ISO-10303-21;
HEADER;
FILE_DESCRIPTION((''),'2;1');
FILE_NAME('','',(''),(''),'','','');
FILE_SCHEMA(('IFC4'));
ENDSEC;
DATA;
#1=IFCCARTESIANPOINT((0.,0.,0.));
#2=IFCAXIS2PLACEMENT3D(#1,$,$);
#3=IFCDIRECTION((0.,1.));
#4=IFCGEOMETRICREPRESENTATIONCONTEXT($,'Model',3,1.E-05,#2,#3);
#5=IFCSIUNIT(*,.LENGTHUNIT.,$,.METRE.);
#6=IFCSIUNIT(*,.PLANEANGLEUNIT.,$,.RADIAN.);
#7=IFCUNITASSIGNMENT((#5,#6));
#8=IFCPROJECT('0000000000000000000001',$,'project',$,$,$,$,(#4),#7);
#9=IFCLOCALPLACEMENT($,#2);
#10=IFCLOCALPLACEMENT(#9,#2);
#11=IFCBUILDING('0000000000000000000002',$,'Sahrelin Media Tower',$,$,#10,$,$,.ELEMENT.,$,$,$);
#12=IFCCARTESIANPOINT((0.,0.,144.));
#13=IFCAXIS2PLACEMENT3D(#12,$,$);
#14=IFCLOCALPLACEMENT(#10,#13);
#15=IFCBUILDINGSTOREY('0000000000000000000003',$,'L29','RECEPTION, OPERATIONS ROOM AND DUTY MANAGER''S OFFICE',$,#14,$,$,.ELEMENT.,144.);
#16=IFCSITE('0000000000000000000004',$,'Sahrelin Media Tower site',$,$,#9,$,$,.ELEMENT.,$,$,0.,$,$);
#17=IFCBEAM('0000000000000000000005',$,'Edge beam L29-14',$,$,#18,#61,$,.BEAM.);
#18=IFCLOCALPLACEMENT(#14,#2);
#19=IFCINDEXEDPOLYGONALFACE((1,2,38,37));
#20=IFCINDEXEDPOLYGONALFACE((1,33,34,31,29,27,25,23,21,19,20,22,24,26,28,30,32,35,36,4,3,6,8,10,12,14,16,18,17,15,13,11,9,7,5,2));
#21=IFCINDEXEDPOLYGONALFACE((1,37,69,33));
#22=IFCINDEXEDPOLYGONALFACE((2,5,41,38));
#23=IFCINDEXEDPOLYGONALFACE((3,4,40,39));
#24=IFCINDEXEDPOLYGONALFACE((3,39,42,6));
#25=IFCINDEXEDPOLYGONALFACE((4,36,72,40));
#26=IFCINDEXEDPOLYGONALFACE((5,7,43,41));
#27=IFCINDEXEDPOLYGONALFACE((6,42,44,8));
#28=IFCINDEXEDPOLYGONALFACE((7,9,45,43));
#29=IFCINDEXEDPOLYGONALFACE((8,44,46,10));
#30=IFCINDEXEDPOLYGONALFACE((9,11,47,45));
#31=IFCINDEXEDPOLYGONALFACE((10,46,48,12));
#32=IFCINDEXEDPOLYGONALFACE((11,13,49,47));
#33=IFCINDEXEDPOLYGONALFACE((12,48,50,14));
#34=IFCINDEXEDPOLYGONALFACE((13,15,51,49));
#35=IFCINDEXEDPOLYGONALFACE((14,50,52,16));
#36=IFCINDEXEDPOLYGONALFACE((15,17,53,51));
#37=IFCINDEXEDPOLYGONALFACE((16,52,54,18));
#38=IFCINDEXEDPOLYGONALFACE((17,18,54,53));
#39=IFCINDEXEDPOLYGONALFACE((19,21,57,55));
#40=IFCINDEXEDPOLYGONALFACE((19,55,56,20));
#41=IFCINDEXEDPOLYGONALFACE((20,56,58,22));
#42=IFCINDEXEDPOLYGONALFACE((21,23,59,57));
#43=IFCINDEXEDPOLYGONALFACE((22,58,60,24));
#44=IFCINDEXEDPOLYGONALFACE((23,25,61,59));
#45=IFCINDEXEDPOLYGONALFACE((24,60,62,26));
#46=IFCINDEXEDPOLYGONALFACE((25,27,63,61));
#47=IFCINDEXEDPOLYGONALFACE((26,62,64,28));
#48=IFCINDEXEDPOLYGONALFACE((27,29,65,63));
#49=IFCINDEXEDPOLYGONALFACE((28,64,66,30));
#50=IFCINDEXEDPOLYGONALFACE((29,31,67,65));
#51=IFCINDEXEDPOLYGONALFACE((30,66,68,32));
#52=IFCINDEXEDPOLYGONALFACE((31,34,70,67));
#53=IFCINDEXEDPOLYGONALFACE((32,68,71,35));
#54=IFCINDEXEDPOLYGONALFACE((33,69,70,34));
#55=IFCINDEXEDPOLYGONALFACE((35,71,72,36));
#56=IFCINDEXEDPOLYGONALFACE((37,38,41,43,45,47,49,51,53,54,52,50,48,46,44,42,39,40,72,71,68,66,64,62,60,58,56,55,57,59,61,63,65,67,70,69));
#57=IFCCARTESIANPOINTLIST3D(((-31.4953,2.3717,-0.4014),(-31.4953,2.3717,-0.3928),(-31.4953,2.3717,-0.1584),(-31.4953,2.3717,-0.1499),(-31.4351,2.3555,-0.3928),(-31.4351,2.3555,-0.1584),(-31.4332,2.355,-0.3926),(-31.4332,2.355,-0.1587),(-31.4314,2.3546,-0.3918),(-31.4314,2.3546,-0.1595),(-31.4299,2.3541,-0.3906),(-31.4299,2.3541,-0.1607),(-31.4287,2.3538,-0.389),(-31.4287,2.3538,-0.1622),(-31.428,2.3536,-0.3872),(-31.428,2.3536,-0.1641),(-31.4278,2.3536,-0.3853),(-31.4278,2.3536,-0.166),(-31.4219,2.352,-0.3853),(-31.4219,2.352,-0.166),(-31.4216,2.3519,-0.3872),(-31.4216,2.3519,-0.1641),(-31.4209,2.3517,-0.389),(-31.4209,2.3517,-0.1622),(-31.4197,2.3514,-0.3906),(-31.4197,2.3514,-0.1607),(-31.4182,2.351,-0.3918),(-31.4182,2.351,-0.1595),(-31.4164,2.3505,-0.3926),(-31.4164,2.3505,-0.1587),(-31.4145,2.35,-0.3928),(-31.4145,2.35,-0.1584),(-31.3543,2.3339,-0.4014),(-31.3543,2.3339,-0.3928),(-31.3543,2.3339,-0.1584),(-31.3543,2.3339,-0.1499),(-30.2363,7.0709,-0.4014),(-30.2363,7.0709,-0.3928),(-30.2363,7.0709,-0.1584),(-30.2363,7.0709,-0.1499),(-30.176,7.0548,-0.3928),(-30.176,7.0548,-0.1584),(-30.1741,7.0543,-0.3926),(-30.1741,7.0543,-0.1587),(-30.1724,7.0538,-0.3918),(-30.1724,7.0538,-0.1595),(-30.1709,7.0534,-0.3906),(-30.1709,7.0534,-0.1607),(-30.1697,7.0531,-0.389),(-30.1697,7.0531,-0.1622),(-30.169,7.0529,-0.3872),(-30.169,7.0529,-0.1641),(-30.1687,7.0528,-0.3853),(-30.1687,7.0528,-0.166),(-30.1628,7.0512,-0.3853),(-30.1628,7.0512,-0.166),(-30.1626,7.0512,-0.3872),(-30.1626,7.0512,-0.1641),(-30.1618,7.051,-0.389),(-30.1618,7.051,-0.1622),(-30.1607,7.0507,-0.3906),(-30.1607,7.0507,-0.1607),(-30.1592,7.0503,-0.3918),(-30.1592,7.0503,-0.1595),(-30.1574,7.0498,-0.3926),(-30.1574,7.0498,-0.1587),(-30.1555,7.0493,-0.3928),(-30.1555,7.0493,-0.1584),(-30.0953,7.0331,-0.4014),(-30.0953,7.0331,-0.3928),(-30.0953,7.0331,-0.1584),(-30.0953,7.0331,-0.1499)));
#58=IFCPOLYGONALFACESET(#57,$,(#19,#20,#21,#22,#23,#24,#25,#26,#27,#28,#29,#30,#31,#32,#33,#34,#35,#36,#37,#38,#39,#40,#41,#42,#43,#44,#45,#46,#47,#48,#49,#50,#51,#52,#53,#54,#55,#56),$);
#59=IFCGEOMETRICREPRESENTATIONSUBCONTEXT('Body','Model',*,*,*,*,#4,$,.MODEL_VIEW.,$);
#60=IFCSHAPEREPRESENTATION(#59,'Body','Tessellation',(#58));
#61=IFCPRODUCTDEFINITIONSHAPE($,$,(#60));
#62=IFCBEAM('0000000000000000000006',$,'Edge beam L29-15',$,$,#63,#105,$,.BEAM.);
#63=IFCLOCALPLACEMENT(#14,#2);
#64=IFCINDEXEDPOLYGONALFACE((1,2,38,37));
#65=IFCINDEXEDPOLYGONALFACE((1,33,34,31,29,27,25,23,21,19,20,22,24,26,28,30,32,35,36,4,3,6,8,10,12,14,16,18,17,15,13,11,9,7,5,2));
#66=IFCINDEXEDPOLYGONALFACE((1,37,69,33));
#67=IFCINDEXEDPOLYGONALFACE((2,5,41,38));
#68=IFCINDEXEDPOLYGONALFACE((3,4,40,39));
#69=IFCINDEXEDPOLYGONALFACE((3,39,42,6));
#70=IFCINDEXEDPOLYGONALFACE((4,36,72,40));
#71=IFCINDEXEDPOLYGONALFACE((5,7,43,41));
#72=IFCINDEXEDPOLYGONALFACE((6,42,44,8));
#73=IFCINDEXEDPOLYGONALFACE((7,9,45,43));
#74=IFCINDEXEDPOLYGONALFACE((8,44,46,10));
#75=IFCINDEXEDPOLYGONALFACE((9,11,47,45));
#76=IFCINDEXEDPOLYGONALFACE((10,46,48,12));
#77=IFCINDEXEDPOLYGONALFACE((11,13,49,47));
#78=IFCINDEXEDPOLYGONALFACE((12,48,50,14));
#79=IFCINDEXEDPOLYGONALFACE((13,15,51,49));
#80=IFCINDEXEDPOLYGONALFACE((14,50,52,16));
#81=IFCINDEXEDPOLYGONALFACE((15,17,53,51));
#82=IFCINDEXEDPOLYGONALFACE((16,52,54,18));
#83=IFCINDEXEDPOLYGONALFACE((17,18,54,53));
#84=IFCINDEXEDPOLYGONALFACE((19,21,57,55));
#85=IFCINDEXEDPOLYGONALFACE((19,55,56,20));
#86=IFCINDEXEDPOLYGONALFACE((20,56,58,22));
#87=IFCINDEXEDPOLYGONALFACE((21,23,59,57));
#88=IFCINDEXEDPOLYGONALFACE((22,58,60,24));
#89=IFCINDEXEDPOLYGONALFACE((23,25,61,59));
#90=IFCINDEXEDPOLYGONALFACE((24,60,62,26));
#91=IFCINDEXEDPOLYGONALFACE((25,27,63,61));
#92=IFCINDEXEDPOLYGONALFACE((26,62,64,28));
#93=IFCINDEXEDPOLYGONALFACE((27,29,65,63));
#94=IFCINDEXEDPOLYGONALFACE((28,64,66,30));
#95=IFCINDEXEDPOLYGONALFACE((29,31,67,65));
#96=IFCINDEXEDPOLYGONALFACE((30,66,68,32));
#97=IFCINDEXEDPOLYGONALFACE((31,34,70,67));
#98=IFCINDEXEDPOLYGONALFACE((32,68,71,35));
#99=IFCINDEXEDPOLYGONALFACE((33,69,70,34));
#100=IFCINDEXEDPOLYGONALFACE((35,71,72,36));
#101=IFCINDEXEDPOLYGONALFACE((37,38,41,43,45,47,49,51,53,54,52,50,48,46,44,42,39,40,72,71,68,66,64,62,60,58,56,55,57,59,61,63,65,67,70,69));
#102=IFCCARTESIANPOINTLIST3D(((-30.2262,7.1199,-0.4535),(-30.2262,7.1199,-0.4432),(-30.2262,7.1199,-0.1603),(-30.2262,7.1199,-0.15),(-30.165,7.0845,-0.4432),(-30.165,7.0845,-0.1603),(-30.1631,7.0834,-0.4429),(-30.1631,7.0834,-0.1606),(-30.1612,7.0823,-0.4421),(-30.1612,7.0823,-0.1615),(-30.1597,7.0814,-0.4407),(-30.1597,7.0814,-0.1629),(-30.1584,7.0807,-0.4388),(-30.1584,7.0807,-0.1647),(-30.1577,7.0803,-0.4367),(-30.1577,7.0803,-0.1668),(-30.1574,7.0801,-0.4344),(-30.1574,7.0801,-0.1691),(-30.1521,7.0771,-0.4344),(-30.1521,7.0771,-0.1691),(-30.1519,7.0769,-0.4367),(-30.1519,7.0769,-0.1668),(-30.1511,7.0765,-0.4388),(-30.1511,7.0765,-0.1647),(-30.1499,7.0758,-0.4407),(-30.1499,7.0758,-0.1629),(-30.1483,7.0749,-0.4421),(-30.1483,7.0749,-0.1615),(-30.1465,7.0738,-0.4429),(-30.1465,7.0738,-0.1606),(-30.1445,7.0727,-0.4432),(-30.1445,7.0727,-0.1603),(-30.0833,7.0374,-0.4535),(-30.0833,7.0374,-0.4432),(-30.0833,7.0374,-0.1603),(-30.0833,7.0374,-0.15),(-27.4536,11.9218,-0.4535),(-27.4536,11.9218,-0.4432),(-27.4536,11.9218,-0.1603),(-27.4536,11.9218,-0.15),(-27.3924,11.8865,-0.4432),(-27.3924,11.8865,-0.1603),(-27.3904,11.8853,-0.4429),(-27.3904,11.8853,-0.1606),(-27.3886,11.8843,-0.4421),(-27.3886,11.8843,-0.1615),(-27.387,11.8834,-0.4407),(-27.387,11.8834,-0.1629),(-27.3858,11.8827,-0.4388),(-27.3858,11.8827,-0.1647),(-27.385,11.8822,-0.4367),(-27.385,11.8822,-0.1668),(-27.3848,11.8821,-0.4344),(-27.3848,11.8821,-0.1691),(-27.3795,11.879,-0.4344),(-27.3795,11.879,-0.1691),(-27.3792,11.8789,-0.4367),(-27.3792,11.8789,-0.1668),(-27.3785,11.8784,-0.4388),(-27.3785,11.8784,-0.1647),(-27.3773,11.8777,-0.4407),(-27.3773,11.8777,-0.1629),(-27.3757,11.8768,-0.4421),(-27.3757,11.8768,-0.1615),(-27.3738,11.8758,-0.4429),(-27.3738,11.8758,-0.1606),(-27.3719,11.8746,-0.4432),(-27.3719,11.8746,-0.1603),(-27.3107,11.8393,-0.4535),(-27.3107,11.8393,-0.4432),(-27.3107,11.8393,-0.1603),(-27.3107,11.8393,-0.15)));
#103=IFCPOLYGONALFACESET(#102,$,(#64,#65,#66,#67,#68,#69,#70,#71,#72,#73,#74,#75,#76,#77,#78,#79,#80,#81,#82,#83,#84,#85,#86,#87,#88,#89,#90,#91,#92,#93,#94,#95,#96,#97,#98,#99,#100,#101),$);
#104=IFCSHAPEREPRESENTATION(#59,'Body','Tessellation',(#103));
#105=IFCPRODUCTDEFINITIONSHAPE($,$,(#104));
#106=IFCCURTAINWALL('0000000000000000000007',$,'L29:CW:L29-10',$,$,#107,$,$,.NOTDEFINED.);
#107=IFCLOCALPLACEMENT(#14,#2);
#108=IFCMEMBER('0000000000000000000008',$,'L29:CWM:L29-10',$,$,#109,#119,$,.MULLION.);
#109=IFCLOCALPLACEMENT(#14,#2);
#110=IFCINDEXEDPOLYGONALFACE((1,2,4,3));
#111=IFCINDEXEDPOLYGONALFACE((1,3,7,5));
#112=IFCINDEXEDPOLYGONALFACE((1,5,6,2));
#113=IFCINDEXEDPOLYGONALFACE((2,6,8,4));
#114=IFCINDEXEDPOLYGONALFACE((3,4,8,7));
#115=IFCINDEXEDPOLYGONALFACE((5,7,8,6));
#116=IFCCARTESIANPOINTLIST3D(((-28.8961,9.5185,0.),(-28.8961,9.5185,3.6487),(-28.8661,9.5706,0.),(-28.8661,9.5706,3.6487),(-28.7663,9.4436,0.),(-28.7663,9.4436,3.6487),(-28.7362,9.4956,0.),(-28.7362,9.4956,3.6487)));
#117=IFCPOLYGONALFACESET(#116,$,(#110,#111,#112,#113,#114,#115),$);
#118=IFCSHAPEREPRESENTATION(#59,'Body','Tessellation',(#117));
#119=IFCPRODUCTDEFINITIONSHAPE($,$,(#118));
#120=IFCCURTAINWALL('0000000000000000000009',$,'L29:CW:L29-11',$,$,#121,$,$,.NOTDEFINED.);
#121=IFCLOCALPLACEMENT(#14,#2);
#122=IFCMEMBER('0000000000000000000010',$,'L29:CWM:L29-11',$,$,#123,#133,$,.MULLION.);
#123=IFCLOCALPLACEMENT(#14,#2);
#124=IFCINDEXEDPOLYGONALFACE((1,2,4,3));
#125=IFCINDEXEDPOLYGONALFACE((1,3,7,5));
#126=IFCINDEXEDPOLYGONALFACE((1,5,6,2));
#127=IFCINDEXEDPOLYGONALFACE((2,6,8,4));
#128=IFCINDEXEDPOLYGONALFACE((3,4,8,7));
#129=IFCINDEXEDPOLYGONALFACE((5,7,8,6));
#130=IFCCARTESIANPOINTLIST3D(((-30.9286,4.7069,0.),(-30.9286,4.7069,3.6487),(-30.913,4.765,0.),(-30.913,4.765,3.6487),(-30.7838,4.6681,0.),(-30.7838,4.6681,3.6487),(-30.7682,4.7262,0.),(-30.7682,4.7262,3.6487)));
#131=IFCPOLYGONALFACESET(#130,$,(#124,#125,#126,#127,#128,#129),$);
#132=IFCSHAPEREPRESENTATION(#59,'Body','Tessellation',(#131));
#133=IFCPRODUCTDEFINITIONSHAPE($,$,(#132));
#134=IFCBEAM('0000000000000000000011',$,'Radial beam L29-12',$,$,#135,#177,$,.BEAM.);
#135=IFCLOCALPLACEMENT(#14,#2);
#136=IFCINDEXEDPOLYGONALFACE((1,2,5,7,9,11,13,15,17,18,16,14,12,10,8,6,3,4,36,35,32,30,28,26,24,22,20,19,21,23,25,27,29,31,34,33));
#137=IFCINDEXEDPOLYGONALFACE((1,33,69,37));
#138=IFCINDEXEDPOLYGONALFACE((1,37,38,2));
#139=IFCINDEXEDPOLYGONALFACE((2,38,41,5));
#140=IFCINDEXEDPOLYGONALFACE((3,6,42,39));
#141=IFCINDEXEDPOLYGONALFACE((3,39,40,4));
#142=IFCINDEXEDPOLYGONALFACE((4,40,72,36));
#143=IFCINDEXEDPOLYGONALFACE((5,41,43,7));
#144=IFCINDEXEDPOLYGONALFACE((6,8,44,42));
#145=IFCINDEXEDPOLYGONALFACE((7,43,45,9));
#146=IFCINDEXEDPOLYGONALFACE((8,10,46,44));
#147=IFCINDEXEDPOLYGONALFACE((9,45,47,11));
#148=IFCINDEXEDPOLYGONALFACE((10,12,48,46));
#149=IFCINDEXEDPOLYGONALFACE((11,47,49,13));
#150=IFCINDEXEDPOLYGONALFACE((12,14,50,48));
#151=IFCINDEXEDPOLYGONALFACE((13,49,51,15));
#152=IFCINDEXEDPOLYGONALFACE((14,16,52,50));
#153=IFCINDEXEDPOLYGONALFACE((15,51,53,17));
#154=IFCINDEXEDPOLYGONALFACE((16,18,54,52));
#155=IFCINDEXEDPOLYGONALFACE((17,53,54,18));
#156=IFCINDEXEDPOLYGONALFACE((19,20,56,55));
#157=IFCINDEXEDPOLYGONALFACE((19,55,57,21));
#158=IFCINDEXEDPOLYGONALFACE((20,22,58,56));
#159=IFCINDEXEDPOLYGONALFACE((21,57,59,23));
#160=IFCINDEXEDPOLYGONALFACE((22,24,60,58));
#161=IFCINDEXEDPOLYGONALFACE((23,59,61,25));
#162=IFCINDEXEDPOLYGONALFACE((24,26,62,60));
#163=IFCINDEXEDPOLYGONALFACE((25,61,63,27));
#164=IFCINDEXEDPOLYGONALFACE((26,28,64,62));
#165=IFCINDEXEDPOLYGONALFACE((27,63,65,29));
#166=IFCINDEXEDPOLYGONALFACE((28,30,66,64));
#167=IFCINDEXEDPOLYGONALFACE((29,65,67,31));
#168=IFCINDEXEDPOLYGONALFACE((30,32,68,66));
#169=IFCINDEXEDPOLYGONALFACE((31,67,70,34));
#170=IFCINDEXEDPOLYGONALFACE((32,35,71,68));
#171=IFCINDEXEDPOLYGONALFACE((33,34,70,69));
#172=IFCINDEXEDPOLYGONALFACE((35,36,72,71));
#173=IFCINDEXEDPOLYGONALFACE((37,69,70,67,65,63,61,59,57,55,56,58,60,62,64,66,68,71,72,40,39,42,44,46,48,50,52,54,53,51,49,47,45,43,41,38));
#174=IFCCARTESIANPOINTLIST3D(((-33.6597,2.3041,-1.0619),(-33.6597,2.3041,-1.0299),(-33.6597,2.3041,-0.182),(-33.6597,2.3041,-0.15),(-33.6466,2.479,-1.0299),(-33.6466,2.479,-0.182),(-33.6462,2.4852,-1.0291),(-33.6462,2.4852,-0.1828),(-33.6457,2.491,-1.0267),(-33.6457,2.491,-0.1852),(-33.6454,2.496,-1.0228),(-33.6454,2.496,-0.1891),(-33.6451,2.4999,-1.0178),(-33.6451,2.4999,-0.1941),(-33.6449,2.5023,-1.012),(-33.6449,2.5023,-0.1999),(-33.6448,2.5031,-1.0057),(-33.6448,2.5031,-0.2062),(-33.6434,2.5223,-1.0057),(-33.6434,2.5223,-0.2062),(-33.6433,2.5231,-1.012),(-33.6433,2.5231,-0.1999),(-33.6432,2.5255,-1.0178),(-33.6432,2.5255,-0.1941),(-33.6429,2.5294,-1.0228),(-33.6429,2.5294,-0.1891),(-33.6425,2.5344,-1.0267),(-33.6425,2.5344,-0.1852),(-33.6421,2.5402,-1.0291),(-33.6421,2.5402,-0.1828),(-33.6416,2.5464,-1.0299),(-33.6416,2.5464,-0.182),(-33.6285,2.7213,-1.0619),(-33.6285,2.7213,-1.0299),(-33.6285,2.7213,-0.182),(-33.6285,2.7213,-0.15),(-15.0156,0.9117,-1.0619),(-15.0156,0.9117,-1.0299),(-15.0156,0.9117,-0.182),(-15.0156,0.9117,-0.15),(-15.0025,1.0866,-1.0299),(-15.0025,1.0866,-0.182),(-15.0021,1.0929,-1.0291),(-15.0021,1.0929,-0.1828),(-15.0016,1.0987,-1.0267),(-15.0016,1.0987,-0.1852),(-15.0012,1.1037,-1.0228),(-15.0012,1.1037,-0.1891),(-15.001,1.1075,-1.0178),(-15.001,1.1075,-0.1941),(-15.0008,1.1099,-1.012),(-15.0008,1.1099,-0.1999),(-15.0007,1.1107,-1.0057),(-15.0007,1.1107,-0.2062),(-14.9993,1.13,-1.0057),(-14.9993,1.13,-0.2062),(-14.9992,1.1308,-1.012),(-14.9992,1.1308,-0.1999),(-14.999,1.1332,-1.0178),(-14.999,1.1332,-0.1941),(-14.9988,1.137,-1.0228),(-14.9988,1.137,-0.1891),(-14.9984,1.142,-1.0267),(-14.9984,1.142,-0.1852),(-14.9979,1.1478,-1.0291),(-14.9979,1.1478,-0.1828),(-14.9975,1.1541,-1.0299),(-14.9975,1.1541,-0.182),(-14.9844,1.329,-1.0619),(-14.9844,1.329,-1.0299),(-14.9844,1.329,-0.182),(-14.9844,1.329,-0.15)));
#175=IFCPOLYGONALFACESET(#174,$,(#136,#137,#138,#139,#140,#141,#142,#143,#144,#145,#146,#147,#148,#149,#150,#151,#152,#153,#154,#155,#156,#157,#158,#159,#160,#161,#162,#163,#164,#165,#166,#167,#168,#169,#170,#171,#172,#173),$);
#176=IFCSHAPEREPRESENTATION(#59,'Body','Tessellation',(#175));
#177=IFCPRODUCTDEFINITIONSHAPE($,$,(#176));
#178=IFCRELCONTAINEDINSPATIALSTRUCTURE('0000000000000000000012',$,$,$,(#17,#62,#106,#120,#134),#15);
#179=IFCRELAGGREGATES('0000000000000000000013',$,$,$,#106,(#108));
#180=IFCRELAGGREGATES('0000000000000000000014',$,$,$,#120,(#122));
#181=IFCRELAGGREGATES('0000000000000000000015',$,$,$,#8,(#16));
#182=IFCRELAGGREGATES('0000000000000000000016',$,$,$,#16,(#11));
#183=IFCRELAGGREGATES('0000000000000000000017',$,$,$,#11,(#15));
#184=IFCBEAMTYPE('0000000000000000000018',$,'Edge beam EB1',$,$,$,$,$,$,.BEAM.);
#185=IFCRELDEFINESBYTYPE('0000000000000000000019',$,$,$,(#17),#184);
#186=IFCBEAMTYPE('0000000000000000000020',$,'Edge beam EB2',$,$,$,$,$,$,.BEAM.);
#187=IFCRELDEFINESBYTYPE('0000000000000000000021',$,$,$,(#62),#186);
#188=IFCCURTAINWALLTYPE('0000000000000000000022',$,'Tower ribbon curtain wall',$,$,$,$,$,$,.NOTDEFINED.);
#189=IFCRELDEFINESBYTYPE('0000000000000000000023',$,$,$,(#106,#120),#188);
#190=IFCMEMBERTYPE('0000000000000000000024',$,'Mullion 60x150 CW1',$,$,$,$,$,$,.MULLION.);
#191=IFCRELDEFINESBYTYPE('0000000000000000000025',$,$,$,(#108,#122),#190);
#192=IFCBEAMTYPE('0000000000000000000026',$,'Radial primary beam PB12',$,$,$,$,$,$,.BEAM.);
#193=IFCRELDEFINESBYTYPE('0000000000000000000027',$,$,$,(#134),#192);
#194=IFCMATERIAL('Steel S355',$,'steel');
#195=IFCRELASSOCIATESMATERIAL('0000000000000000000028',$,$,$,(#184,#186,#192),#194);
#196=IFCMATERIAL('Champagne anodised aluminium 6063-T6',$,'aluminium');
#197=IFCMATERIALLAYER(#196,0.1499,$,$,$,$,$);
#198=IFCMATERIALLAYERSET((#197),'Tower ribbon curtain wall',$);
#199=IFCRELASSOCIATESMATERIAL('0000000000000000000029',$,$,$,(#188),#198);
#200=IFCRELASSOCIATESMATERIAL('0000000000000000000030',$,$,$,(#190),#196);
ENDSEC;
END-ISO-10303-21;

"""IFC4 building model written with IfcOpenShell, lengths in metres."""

from ifc_helpers import new_model, si_unit, direction, frame, origin, origin_2d, place, context, subcontext, project, spatial, rectangle, i_section, extrude, material, layer, layer_set, material_profile, profile_set, type_object, element, aggregate, save


model = new_model("IFC4")

# Units and contexts
model_context = context("Model", 3, precision=1e-05, world=origin(), true_north=direction((0.0, 1.0)))
body_context = subcontext(model_context, "Body", "Model", "MODEL_VIEW")
ifc_project = project(units=[si_unit("LENGTHUNIT", "METRE"), si_unit("PLANEANGLEUNIT", "RADIAN")], contexts=[model_context])

# Site, building, storey
site_placement = place(None, origin())
site = spatial("IfcSite", under=ifc_project, at=site_placement, Name="Sahrelin Media Tower site", CompositionType="ELEMENT", RefElevation=0.0)
building_placement = place(site_placement, origin())
building = spatial("IfcBuilding", under=site, at=building_placement, Name="Sahrelin Media Tower", CompositionType="ELEMENT")
storey_placement = place(building_placement, frame((0.0, 0.0, 144.0)))
storey = spatial("IfcBuildingStorey", under=building, at=storey_placement, Name="L29", Description="RECEPTION, OPERATIONS ROOM AND DUTY MANAGER'S OFFICE", CompositionType="ELEMENT", Elevation=144.0)

# Beams
ifc_material_1 = material(Name="Steel S355", Category="steel")
ifc_material_profile_1 = material_profile(ifc_material_1, i_section(OverallWidth=0.146, OverallDepth=0.2515, WebThickness=0.0061, FlangeThickness=0.0085, FilletRadius=0.0076, at=origin_2d()), Name="UB 254x146x31")
ifc_profile_set_1 = profile_set([ifc_material_profile_1], Name="Steel S355")
beam_type_1 = type_object("IfcBeamType", Name="Edge beam EB1", PredefinedType="BEAM", material=ifc_profile_set_1)
beam_1_placement = place(storey_placement, frame((-31.4248, 2.3528, -0.2756), z_axis=(0.258796, 0.965932, 0.0), x_axis=(-0.965932, 0.258796, 0.0)))
element("IfcBeam", 1, at=beam_1_placement, inside=storey, type_object=beam_type_1, Name="Edge beam L29-14", PredefinedType="BEAM", context=body_context, shape_type="SweptSolid", body=[
    extrude(i_section(OverallWidth=0.146, OverallDepth=0.2515, WebThickness=0.0061, FlangeThickness=0.0085, FilletRadius=0.0076, at=origin_2d()), origin(), (0.0, 0.0, 1.0), 4.865),
])
ifc_material_profile_2 = material_profile(ifc_material_1, i_section(OverallWidth=0.165, OverallDepth=0.3035, WebThickness=0.0061, FlangeThickness=0.0103, FilletRadius=0.0088, at=origin_2d()), Name="UB 305x165x40")
ifc_profile_set_2 = profile_set([ifc_material_profile_2], Name="Steel S355")
beam_type_2 = type_object("IfcBeamType", Name="Edge beam EB2", PredefinedType="BEAM", material=ifc_profile_set_2)
beam_2_placement = place(storey_placement, frame((-30.1548, 7.0786, -0.3018), z_axis=(0.500036, 0.866004, 0.0), x_axis=(-0.866004, 0.500036, 0.0)))
element("IfcBeam", 2, at=beam_2_placement, inside=storey, type_object=beam_type_2, Name="Edge beam L29-15", PredefinedType="BEAM", context=body_context, shape_type="SweptSolid", body=[
    extrude(i_section(OverallWidth=0.165, OverallDepth=0.3035, WebThickness=0.0061, FlangeThickness=0.0103, FilletRadius=0.0088, at=origin_2d()), origin(), (0.0, 0.0, 1.0), 5.5449),
])

# Curtain walls, members
ifc_material_2 = material(Name="Champagne anodised aluminium 6063-T6", Category="aluminium")
ifc_layer_1 = layer(ifc_material_2, 0.1499)
ifc_layer_set_1 = layer_set([ifc_layer_1], Name="Tower ribbon curtain wall")
curtain_wall_type = type_object("IfcCurtainWallType", Name="Tower ribbon curtain wall", PredefinedType="NOTDEFINED", material=ifc_layer_set_1)
curtain_wall_1_placement = place(storey_placement, frame((-28.8984, 9.5547, 0.0), z_axis=(0.0, 0.0, 1.0), x_axis=(1.0, 0.0, 0.0)))
curtain_wall_1 = element("IfcCurtainWall", 3, at=curtain_wall_1_placement, inside=storey, type_object=curtain_wall_type, Name="L29:CW:L29-10", PredefinedType="NOTDEFINED")
ifc_material_profile_3 = material_profile(ifc_material_2, rectangle(XDim=0.0601, YDim=0.1499, at=origin_2d()), Name="Mullion 60x150")
ifc_profile_set_3 = profile_set([ifc_material_profile_3], Name="Champagne anodised aluminium 6063-T6")
member_type_1 = type_object("IfcMemberType", Name="Mullion 60x150 CW1", PredefinedType="MULLION", material=ifc_profile_set_3)
member_1_placement = place(storey_placement, frame((-28.8162, 9.5071, 0.0), z_axis=(0.0, 0.0, 1.0), x_axis=(-0.499994, -0.866029, 0.0)))
member_1 = element("IfcMember", 4, at=member_1_placement, type_object=member_type_1, Name="L29:CWM:L29-10", PredefinedType="MULLION", context=body_context, shape_type="SweptSolid", body=[
    extrude(rectangle(XDim=0.0601, YDim=0.1499, at=origin_2d()), origin(), (0.0, 0.0, 1.0), 3.6487),
])
aggregate(curtain_wall_1, [member_1])
curtain_wall_2_placement = place(storey_placement, frame((-30.9402, 4.7412, 0.0), z_axis=(0.0, 0.0, 1.0), x_axis=(1.0, 0.0, 0.0)))
curtain_wall_2 = element("IfcCurtainWall", 5, at=curtain_wall_2_placement, inside=storey, type_object=curtain_wall_type, Name="L29:CW:L29-11", PredefinedType="NOTDEFINED")
member_2_placement = place(storey_placement, frame((-30.8484, 4.7166, 0.0), z_axis=(0.0, 0.0, 1.0), x_axis=(-0.258827, -0.965924, 0.0)))
member_2 = element("IfcMember", 6, at=member_2_placement, type_object=member_type_1, Name="L29:CWM:L29-11", PredefinedType="MULLION", context=body_context, shape_type="SweptSolid", body=[
    extrude(rectangle(XDim=0.0601, YDim=0.1499, at=origin_2d()), origin(), (0.0, 0.0, 1.0), 3.6487),
])

# Beam
ifc_material_profile_4 = material_profile(ifc_material_1, i_section(OverallWidth=0.4185, OverallDepth=0.9119, WebThickness=0.0193, FlangeThickness=0.032, FilletRadius=0.0242, at=origin_2d()), Name="UB 914x419x343")
ifc_profile_set_4 = profile_set([ifc_material_profile_4], Name="Steel S355")
beam_type_3 = type_object("IfcBeamType", Name="Radial primary beam PB12", PredefinedType="BEAM", material=ifc_profile_set_4)
beam_3_placement = place(storey_placement, frame((-15.0, 1.1204, -0.606), z_axis=(-0.997223, 0.074472, 0.0), x_axis=(-0.074472, -0.997223, 0.0)))
element("IfcBeam", 7, at=beam_3_placement, inside=storey, type_object=beam_type_3, Name="Radial beam L29-12", PredefinedType="BEAM", context=body_context, shape_type="SweptSolid", body=[
    extrude(i_section(OverallWidth=0.4185, OverallDepth=0.9119, WebThickness=0.0193, FlangeThickness=0.032, FilletRadius=0.0242, at=origin_2d()), origin(), (0.0, 0.0, 1.0), 18.696),
])

aggregate(curtain_wall_2, [member_2])

save(model, "model.ifc")
